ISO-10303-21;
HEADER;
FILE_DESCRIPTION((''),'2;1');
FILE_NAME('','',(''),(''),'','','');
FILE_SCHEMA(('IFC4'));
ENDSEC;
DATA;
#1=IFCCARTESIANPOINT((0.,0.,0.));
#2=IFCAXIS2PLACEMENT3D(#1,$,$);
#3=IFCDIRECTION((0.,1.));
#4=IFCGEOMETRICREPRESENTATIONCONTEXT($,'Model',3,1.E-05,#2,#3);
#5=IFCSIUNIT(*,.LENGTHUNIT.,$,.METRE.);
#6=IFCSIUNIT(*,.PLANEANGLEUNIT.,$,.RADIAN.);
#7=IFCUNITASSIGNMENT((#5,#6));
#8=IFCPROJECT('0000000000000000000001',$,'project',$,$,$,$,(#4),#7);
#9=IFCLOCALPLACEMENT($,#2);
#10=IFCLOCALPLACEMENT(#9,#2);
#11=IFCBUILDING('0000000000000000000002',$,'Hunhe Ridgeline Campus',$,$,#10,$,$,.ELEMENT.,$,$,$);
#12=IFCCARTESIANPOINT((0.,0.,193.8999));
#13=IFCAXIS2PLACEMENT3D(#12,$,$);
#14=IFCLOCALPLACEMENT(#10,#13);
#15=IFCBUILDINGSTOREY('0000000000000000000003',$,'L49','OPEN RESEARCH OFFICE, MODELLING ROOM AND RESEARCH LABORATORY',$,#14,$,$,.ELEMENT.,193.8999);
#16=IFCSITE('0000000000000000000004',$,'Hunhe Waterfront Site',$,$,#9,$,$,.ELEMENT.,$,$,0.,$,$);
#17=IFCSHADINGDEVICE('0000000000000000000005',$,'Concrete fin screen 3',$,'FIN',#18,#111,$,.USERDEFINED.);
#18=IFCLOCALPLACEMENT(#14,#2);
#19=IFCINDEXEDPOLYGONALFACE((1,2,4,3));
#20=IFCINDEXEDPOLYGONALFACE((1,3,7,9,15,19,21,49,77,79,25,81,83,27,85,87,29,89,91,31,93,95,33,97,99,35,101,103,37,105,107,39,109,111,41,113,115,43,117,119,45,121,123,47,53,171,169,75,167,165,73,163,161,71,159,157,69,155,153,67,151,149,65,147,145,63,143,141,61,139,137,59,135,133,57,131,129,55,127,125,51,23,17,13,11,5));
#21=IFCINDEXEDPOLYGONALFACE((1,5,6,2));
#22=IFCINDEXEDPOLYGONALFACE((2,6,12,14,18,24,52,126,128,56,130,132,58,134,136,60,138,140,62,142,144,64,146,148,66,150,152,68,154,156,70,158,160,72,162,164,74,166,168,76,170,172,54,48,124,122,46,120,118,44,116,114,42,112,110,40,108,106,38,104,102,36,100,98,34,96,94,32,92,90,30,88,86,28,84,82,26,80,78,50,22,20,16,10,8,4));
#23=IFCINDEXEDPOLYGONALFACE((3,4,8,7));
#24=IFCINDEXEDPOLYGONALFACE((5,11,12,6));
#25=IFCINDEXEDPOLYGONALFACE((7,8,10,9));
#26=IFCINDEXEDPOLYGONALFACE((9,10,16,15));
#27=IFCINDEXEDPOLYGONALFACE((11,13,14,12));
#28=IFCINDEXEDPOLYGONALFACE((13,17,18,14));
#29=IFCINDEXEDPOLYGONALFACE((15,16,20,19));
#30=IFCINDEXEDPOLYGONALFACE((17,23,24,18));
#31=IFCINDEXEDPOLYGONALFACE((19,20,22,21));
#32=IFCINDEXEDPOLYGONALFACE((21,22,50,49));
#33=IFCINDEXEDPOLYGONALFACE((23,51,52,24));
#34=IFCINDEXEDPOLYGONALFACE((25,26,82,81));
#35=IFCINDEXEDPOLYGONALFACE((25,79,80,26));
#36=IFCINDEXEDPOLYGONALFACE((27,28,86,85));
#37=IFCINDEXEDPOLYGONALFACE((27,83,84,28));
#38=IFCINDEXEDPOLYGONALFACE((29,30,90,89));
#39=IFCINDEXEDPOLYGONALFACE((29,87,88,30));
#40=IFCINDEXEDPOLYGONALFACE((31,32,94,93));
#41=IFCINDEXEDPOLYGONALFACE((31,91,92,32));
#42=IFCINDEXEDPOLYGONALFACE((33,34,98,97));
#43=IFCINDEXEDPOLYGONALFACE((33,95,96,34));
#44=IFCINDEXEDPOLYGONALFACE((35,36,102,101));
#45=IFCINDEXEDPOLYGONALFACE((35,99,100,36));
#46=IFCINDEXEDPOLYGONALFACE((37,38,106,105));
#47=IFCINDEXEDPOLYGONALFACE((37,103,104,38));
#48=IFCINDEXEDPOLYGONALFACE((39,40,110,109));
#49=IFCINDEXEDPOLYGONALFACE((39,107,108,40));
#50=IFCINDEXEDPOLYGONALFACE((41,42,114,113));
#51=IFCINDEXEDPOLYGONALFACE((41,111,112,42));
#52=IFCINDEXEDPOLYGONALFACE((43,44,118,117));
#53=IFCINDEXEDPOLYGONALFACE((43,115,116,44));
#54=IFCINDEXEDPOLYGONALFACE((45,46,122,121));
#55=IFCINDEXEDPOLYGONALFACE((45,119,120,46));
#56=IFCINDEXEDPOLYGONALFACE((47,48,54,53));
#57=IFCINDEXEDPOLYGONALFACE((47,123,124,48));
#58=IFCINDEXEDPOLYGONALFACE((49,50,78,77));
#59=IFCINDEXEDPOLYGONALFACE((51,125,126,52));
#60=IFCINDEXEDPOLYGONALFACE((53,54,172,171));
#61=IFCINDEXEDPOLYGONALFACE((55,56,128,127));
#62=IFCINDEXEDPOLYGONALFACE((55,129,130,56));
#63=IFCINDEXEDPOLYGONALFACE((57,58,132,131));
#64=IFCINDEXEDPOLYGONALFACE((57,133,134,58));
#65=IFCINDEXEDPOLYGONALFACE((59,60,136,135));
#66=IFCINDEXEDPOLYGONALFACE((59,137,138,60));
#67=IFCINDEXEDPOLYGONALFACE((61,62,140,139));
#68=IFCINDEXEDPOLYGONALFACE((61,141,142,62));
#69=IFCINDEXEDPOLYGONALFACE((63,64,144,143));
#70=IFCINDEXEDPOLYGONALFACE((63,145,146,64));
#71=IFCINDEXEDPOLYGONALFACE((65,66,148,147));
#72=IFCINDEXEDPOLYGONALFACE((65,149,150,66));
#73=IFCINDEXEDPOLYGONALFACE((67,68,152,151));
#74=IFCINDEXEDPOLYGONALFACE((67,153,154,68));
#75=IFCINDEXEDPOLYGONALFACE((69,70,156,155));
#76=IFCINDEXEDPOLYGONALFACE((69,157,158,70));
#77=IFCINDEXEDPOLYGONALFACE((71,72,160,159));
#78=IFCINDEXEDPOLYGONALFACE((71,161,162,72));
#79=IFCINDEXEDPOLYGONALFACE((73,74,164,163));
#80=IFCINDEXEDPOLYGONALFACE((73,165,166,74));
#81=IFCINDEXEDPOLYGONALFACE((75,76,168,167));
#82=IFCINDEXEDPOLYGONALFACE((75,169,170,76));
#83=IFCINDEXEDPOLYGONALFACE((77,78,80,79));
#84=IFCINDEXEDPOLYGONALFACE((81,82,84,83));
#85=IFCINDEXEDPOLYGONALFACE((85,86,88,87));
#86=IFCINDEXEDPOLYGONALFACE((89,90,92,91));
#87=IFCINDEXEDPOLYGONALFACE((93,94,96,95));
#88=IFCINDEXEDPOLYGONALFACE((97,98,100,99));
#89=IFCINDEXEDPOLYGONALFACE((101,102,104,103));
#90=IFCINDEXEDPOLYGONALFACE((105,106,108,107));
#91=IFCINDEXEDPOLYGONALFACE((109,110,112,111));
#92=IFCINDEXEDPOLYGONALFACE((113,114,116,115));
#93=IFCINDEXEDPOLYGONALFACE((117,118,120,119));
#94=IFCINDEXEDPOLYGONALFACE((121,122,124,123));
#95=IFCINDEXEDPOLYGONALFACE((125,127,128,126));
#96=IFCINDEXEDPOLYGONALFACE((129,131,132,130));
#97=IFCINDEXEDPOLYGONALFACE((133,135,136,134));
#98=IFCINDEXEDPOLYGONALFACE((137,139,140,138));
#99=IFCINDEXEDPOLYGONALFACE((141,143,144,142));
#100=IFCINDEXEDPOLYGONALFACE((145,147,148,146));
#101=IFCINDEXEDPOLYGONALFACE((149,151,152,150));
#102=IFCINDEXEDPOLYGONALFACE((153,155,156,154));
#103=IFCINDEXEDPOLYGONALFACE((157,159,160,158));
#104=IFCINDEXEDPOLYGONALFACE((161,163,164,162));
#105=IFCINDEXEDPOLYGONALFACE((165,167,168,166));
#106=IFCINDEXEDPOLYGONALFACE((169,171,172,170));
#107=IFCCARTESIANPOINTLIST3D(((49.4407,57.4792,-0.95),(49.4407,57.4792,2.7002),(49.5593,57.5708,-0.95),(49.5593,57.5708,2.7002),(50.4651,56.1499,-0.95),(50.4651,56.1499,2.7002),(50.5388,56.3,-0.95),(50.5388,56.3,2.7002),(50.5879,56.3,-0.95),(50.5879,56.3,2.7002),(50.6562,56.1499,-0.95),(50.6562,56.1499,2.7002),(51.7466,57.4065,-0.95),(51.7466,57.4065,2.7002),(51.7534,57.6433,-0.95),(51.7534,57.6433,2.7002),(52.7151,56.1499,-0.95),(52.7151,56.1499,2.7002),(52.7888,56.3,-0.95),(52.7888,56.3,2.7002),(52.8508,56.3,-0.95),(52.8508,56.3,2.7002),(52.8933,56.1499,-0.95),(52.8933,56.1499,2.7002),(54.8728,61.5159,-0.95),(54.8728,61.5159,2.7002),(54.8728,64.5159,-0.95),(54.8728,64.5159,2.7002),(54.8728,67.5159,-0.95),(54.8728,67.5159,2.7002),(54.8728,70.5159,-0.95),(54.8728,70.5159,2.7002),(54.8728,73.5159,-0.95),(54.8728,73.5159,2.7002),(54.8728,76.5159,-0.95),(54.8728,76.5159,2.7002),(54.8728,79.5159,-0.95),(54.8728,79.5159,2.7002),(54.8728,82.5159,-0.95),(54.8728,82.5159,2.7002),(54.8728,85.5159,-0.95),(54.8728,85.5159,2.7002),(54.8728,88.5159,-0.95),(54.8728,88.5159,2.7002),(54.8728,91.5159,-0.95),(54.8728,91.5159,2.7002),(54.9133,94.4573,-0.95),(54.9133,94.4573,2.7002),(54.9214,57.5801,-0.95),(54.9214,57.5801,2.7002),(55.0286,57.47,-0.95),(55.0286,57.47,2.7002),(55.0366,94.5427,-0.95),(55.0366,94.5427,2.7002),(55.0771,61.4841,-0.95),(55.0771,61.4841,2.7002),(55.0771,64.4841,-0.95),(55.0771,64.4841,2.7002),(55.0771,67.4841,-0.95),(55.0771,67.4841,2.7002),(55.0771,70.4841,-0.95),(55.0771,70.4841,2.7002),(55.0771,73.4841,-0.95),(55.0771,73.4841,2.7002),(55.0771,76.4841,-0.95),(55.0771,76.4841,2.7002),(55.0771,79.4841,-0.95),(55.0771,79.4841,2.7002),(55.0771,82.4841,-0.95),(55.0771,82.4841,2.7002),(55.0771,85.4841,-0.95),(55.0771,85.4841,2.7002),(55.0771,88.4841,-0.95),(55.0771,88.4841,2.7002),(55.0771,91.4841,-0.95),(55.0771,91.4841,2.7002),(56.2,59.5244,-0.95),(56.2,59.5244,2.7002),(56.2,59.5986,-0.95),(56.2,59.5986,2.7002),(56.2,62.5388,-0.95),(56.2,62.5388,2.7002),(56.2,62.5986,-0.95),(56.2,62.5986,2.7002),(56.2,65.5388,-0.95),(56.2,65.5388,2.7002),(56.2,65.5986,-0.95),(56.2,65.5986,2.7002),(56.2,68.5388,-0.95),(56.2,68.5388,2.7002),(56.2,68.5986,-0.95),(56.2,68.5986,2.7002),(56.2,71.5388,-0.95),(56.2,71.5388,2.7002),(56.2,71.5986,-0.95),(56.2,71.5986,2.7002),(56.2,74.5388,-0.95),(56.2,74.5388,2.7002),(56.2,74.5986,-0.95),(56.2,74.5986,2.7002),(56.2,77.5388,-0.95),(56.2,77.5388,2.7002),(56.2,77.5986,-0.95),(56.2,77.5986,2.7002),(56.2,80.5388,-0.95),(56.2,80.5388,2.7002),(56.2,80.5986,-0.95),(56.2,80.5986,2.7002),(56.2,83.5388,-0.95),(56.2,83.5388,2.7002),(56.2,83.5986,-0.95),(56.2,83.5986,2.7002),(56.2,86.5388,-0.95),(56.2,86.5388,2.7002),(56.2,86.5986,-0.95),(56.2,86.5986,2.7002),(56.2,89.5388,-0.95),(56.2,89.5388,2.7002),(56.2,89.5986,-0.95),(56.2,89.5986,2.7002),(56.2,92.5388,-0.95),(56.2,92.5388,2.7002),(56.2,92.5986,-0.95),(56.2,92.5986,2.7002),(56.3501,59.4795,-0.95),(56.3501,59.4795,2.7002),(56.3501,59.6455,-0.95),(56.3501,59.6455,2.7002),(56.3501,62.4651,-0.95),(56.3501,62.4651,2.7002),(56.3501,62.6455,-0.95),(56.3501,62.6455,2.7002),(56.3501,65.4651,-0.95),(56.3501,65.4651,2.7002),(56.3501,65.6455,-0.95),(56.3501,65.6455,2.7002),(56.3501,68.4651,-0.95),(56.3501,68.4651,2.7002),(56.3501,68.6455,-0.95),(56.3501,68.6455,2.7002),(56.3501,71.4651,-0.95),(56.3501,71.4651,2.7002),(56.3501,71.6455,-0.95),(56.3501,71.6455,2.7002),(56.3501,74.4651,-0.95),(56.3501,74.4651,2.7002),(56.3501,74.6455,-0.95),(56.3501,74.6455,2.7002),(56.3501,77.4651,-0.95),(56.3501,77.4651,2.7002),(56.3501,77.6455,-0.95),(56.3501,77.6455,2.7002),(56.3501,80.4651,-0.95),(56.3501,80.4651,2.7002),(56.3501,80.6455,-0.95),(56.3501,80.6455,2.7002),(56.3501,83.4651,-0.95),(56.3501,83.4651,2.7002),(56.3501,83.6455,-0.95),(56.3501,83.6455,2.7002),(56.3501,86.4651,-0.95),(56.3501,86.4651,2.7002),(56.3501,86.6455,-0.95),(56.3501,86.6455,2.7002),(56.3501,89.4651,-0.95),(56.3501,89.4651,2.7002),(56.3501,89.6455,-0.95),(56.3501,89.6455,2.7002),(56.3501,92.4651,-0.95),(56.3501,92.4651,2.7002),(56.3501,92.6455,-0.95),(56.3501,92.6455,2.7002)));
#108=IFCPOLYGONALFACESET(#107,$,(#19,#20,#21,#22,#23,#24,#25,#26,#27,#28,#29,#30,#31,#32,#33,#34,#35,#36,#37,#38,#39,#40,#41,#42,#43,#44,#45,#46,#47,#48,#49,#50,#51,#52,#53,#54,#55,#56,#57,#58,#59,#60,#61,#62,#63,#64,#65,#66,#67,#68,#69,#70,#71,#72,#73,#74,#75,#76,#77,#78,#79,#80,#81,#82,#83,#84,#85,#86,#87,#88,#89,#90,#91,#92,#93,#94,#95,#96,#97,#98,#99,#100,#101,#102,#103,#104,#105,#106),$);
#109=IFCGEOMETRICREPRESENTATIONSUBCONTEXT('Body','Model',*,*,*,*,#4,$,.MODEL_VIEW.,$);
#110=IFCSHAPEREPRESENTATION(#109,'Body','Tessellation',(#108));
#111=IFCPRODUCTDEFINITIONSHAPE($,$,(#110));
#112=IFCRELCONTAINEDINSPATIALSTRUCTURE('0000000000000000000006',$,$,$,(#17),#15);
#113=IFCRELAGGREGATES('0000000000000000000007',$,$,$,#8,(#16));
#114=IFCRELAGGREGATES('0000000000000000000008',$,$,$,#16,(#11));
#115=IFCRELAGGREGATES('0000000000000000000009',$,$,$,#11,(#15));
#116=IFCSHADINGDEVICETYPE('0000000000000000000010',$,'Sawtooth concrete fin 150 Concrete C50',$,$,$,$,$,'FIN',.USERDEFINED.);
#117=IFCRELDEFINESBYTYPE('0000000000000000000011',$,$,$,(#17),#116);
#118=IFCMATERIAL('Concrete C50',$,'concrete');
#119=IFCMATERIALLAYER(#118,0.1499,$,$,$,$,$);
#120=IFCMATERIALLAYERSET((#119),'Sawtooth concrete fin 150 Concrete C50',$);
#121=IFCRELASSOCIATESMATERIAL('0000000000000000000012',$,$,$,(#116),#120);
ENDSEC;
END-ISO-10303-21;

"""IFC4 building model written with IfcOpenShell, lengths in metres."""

from ifc_helpers import new_model, si_unit, direction, frame, origin, place, context, subcontext, project, spatial, polyline, outline, extrude, material, layer, layer_set, type_object, element, save


model = new_model("IFC4")

# Units and contexts
model_context = context("Model", 3, precision=1e-05, world=origin(), true_north=direction((0.0, 1.0)))
body_context = subcontext(model_context, "Body", "Model", "MODEL_VIEW")
ifc_project = project(units=[si_unit("LENGTHUNIT", "METRE"), si_unit("PLANEANGLEUNIT", "RADIAN")], contexts=[model_context])

# Site, building, storey
site_placement = place(None, origin())
site = spatial("IfcSite", under=ifc_project, at=site_placement, Name="Hunhe Waterfront Site", CompositionType="ELEMENT", RefElevation=0.0)
building_placement = place(site_placement, origin())
building = spatial("IfcBuilding", under=site, at=building_placement, Name="Hunhe Ridgeline Campus", CompositionType="ELEMENT")
storey_placement = place(building_placement, frame((0.0, 0.0, 193.8999)))
storey = spatial("IfcBuildingStorey", under=building, at=storey_placement, Name="L49", Description="OPEN RESEARCH OFFICE, MODELLING ROOM AND RESEARCH LABORATORY", CompositionType="ELEMENT", Elevation=193.8999)

# Shading device
ifc_material_1 = material(Name="Concrete C50", Category="concrete")
ifc_layer_1 = layer(ifc_material_1, 0.1499)
ifc_layer_set_1 = layer_set([ifc_layer_1], Name="Sawtooth concrete fin 150 Concrete C50")
shading_device_type = type_object("IfcShadingDeviceType", Name="Sawtooth concrete fin 150 Concrete C50", ElementType="FIN", PredefinedType="USERDEFINED", material=ifc_layer_set_1)
shading_device_1_placement = place(storey_placement, frame((0.0, 0.0, -0.95)))
element("IfcShadingDevice", 1, at=shading_device_1_placement, inside=storey, type_object=shading_device_type, Name="Concrete fin screen 3", ObjectType="FIN", PredefinedType="USERDEFINED", context=body_context, shape_type="SweptSolid", body=[
    extrude(outline(polyline([(49.5593, 57.5708), (49.4407, 57.4792), (50.4651, 56.1499), (50.6562, 56.1499), (51.7466, 57.4065), (52.7151, 56.1499), (52.8933, 56.1499), (55.0286, 57.47), (56.3501, 59.4795), (56.3501, 59.6455), (55.0771, 61.4841), (56.3501, 62.4651), (56.3501, 62.6455), (55.0771, 64.4841), (56.3501, 65.4651), (56.3501, 65.6455), (55.0771, 67.4841), (56.3501, 68.4651), (56.3501, 68.6455), (55.0771, 70.4841), (56.3501, 71.4651), (56.3501, 71.6455), (55.0771, 73.4841), (56.3501, 74.4651), (56.3501, 74.6455), (55.0771, 76.4841), (56.3501, 77.4651), (56.3501, 77.6455), (55.0771, 79.4841), (56.3501, 80.4651), (56.3501, 80.6455), (55.0771, 82.4841), (56.3501, 83.4651), (56.3501, 83.6455), (55.0771, 85.4841), (56.3501, 86.4651), (56.3501, 86.6455), (55.0771, 88.4841), (56.3501, 89.4651), (56.3501, 89.6455), (55.0771, 91.4841), (56.3501, 92.4651), (56.3501, 92.6455), (55.0366, 94.5427), (54.9133, 94.4573), (56.2, 92.5986), (56.2, 92.5388), (54.8728, 91.5159), (56.2, 89.5986), (56.2, 89.5388), (54.8728, 88.5159), (56.2, 86.5986), (56.2, 86.5388), (54.8728, 85.5159), (56.2, 83.5986), (56.2, 83.5388), (54.8728, 82.5159), (56.2, 80.5986), (56.2, 80.5388), (54.8728, 79.5159), (56.2, 77.5986), (56.2, 77.5388), (54.8728, 76.5159), (56.2, 74.5986), (56.2, 74.5388), (54.8728, 73.5159), (56.2, 71.5986), (56.2, 71.5388), (54.8728, 70.5159), (56.2, 68.5986), (56.2, 68.5388), (54.8728, 67.5159), (56.2, 65.5986), (56.2, 65.5388), (54.8728, 64.5159), (56.2, 62.5986), (56.2, 62.5388), (54.8728, 61.5159), (56.2, 59.5986), (56.2, 59.5244), (54.9214, 57.5801), (52.8508, 56.3), (52.7888, 56.3), (51.7534, 57.6433), (50.5879, 56.3), (50.5388, 56.3), (49.5593, 57.5708)])), origin(), (0.0, 0.0, 1.0), 3.6501),
])

save(model, "model.ifc")
